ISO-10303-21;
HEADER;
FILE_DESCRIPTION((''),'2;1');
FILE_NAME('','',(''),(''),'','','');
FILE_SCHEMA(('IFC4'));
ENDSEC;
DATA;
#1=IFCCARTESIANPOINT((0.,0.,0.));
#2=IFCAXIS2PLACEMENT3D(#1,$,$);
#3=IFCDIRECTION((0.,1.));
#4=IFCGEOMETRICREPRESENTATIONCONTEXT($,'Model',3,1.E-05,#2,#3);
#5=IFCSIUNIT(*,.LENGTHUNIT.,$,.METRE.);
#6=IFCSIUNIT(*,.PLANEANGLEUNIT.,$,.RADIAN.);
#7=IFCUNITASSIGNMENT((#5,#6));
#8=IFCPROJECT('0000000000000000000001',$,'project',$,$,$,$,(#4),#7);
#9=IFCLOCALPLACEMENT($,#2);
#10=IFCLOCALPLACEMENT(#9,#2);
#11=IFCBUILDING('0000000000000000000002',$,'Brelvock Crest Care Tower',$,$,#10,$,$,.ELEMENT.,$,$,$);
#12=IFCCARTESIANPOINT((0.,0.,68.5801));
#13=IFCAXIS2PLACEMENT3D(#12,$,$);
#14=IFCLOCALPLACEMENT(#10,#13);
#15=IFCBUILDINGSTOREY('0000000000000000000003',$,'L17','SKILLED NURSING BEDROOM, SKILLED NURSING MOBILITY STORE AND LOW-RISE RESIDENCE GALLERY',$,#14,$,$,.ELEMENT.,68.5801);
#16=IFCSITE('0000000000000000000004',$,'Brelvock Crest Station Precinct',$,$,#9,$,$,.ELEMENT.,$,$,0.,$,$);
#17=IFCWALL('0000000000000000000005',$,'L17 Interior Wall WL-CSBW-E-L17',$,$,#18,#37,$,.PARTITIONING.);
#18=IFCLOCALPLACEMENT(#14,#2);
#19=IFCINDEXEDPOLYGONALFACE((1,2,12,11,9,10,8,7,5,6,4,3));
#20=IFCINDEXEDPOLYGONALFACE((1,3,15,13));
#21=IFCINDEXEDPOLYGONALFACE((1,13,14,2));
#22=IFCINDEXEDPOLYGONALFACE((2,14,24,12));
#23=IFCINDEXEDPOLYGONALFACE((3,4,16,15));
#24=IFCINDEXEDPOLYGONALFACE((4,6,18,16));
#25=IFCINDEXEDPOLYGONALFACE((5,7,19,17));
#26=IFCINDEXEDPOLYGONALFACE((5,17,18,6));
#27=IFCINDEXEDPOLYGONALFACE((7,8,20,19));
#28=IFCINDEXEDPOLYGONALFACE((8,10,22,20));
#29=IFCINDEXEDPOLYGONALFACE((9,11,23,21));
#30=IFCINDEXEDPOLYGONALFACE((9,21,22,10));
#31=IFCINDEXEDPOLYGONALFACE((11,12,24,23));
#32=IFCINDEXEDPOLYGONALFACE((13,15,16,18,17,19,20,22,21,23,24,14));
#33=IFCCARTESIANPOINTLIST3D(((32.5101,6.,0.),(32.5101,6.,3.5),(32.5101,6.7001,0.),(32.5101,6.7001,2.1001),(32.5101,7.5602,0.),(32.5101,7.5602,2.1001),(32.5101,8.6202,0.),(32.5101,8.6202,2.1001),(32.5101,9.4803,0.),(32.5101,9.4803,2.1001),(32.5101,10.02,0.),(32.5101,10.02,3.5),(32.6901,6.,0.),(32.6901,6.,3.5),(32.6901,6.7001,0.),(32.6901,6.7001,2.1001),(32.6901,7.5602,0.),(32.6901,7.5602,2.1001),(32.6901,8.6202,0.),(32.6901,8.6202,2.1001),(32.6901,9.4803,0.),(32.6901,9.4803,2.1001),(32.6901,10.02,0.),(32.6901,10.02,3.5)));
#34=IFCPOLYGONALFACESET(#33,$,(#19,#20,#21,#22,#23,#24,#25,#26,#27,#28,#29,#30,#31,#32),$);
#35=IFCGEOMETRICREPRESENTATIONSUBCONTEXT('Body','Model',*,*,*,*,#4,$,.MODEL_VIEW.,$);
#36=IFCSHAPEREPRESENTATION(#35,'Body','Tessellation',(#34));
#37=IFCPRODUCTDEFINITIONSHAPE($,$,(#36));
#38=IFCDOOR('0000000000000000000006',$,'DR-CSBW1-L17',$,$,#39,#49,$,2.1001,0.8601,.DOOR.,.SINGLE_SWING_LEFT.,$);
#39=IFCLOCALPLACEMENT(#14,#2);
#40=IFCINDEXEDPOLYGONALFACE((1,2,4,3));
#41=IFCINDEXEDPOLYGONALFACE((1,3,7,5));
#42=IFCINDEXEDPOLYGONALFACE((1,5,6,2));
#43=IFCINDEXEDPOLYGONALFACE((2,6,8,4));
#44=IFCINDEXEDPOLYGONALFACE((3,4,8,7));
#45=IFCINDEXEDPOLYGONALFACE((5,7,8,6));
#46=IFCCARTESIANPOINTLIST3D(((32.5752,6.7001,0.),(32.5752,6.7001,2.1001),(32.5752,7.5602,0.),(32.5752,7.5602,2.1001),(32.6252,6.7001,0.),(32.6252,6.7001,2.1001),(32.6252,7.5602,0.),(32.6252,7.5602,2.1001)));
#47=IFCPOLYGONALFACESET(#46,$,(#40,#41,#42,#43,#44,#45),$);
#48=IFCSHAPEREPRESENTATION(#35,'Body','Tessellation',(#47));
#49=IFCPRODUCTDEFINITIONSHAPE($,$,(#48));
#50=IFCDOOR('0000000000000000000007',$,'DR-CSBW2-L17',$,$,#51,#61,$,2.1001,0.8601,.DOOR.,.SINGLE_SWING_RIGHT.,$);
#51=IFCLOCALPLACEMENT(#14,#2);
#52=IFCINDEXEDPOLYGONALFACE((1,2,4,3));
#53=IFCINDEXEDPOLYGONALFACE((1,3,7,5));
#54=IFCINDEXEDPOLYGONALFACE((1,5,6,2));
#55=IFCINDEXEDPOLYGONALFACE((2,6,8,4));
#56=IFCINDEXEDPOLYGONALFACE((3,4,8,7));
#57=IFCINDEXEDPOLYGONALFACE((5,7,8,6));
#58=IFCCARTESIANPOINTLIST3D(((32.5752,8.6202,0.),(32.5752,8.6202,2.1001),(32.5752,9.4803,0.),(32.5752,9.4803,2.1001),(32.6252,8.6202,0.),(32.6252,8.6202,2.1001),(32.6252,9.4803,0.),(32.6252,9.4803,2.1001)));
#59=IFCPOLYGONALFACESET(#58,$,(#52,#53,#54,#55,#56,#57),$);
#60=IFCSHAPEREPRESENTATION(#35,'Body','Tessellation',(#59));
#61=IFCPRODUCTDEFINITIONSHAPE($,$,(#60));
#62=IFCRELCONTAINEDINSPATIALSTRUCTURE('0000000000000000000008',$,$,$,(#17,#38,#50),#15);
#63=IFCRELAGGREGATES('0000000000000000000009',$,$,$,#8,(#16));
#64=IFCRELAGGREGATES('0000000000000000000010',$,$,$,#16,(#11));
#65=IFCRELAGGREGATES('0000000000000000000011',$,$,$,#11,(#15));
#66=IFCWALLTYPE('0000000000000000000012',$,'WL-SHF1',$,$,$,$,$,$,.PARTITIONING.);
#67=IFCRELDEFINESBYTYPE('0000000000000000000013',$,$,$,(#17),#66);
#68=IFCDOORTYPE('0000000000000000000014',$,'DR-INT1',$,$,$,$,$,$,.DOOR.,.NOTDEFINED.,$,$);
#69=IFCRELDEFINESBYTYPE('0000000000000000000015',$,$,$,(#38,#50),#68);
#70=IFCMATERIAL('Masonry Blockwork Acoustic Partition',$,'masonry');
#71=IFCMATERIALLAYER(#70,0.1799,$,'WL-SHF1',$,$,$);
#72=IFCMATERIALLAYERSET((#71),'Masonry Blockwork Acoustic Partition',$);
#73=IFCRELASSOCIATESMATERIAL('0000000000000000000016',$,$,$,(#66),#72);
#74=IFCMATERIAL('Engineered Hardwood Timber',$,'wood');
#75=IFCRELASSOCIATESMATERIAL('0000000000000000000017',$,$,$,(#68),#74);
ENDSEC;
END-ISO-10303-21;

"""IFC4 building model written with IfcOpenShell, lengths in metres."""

from ifc_helpers import new_model, si_unit, direction, frame, frame_2d, origin, origin_2d, place, context, subcontext, project, spatial, rectangle, extrude, source, transform, mapped, material, layer, layer_set, type_object, element, fill, save


model = new_model("IFC4")

# Units and contexts
model_context = context("Model", 3, precision=1e-05, world=origin(), true_north=direction((0.0, 1.0)))
body_context = subcontext(model_context, "Body", "Model", "MODEL_VIEW")
ifc_project = project(units=[si_unit("LENGTHUNIT", "METRE"), si_unit("PLANEANGLEUNIT", "RADIAN")], contexts=[model_context])

# Site, building, storey
site_placement = place(None, origin())
site = spatial("IfcSite", under=ifc_project, at=site_placement, Name="Brelvock Crest Station Precinct", CompositionType="ELEMENT", RefElevation=0.0)
building_placement = place(site_placement, origin())
building = spatial("IfcBuilding", under=site, at=building_placement, Name="Brelvock Crest Care Tower", CompositionType="ELEMENT")
storey_placement = place(building_placement, frame((0.0, 0.0, 68.5801)))
storey = spatial("IfcBuildingStorey", under=building, at=storey_placement, Name="L17", Description="SKILLED NURSING BEDROOM, SKILLED NURSING MOBILITY STORE AND LOW-RISE RESIDENCE GALLERY", CompositionType="ELEMENT", Elevation=68.5801)

# Wall, openings, doors
ifc_material_1 = material(Name="Masonry Blockwork Acoustic Partition", Category="masonry")
ifc_layer_1 = layer(ifc_material_1, 0.1799, Name="WL-SHF1")
ifc_layer_set_1 = layer_set([ifc_layer_1], Name="Masonry Blockwork Acoustic Partition")
wall_type_1 = type_object("IfcWallType", Name="WL-SHF1", PredefinedType="PARTITIONING", material=ifc_layer_set_1)
wall_1_placement = place(storey_placement, frame((32.6001, 6.0, 0.0), z_axis=(0.0, 0.0, 1.0), x_axis=(0.0, 1.0, 0.0)))
wall_1 = element("IfcWall", 1, at=wall_1_placement, inside=storey, type_object=wall_type_1, Name="L17 Interior Wall WL-CSBW-E-L17", PredefinedType="PARTITIONING", context=body_context, shape_type="SweptSolid", body=[
    extrude(rectangle(XDim=4.02, YDim=0.1799, at=frame_2d((2.01, 0.0))), origin(), (0.0, 0.0, 1.0), 3.5),
])
opening_1_placement = place(wall_1_placement, frame((0.7, 0.0, 0.0)))
opening_1 = element("IfcOpeningElement", 2, at=opening_1_placement, cuts=wall_1, PredefinedType="OPENING", context=body_context, shape_type="SweptSolid", body=[
    extrude(rectangle(XDim=0.8601, YDim=2.1001, at=origin_2d()), frame((0.4302, 0.1001, 1.05), z_axis=(0.0, -1.0, 0.0), x_axis=(1.0, 0.0, 0.0)), (0.0, 0.0, 1.0), 0.2),
])
opening_2_placement = place(wall_1_placement, frame((2.6201, 0.0, 0.0)))
opening_2 = element("IfcOpeningElement", 3, at=opening_2_placement, cuts=wall_1, PredefinedType="OPENING", context=body_context, shape_type="SweptSolid", body=[
    extrude(rectangle(XDim=0.8601, YDim=2.1001, at=origin_2d()), frame((0.4302, 0.1001, 1.05), z_axis=(0.0, -1.0, 0.0), x_axis=(1.0, 0.0, 0.0)), (0.0, 0.0, 1.0), 0.2),
])
ifc_material_2 = material(Name="Engineered Hardwood Timber", Category="wood")
door_type = type_object("IfcDoorType", Name="DR-INT1", OperationType="NOTDEFINED", PredefinedType="DOOR", material=ifc_material_2)
shared_shape_1 = source(origin(), body_context, "Body", "SweptSolid", [
    extrude(rectangle(XDim=0.8601, YDim=2.1001, at=origin_2d()), frame((0.4302, 0.0249, 1.05), z_axis=(0.0, -1.0, 0.0), x_axis=(1.0, 0.0, 0.0)), (0.0, 0.0, 1.0), 0.05),
])
door_1_placement = place(opening_1_placement, origin())
door_1 = element("IfcDoor", 4, at=door_1_placement, inside=storey, type_object=door_type, Name="DR-CSBW1-L17", OperationType="SINGLE_SWING_LEFT", OverallHeight=2.1001, OverallWidth=0.8601, PredefinedType="DOOR", context=body_context, shape_type="MappedRepresentation", body=[
    mapped(shared_shape_1, transform((0.0, 0.0, 0.0), x_axis=(1.0, 0.0, 0.0), y_axis=(0.0, 1.0, 0.0), z_axis=(0.0, 0.0, 1.0), scale=1.0)),
])
fill(opening_1, door_1)
door_2_placement = place(opening_2_placement, origin())
door_2 = element("IfcDoor", 5, at=door_2_placement, inside=storey, type_object=door_type, Name="DR-CSBW2-L17", OperationType="SINGLE_SWING_RIGHT", OverallHeight=2.1001, OverallWidth=0.8601, PredefinedType="DOOR", context=body_context, shape_type="MappedRepresentation", body=[
    mapped(shared_shape_1, transform((0.0, 0.0, 0.0), x_axis=(1.0, 0.0, 0.0), y_axis=(0.0, 1.0, 0.0), z_axis=(0.0, 0.0, 1.0), scale=1.0)),
])
fill(opening_2, door_2)

save(model, "model.ifc")
